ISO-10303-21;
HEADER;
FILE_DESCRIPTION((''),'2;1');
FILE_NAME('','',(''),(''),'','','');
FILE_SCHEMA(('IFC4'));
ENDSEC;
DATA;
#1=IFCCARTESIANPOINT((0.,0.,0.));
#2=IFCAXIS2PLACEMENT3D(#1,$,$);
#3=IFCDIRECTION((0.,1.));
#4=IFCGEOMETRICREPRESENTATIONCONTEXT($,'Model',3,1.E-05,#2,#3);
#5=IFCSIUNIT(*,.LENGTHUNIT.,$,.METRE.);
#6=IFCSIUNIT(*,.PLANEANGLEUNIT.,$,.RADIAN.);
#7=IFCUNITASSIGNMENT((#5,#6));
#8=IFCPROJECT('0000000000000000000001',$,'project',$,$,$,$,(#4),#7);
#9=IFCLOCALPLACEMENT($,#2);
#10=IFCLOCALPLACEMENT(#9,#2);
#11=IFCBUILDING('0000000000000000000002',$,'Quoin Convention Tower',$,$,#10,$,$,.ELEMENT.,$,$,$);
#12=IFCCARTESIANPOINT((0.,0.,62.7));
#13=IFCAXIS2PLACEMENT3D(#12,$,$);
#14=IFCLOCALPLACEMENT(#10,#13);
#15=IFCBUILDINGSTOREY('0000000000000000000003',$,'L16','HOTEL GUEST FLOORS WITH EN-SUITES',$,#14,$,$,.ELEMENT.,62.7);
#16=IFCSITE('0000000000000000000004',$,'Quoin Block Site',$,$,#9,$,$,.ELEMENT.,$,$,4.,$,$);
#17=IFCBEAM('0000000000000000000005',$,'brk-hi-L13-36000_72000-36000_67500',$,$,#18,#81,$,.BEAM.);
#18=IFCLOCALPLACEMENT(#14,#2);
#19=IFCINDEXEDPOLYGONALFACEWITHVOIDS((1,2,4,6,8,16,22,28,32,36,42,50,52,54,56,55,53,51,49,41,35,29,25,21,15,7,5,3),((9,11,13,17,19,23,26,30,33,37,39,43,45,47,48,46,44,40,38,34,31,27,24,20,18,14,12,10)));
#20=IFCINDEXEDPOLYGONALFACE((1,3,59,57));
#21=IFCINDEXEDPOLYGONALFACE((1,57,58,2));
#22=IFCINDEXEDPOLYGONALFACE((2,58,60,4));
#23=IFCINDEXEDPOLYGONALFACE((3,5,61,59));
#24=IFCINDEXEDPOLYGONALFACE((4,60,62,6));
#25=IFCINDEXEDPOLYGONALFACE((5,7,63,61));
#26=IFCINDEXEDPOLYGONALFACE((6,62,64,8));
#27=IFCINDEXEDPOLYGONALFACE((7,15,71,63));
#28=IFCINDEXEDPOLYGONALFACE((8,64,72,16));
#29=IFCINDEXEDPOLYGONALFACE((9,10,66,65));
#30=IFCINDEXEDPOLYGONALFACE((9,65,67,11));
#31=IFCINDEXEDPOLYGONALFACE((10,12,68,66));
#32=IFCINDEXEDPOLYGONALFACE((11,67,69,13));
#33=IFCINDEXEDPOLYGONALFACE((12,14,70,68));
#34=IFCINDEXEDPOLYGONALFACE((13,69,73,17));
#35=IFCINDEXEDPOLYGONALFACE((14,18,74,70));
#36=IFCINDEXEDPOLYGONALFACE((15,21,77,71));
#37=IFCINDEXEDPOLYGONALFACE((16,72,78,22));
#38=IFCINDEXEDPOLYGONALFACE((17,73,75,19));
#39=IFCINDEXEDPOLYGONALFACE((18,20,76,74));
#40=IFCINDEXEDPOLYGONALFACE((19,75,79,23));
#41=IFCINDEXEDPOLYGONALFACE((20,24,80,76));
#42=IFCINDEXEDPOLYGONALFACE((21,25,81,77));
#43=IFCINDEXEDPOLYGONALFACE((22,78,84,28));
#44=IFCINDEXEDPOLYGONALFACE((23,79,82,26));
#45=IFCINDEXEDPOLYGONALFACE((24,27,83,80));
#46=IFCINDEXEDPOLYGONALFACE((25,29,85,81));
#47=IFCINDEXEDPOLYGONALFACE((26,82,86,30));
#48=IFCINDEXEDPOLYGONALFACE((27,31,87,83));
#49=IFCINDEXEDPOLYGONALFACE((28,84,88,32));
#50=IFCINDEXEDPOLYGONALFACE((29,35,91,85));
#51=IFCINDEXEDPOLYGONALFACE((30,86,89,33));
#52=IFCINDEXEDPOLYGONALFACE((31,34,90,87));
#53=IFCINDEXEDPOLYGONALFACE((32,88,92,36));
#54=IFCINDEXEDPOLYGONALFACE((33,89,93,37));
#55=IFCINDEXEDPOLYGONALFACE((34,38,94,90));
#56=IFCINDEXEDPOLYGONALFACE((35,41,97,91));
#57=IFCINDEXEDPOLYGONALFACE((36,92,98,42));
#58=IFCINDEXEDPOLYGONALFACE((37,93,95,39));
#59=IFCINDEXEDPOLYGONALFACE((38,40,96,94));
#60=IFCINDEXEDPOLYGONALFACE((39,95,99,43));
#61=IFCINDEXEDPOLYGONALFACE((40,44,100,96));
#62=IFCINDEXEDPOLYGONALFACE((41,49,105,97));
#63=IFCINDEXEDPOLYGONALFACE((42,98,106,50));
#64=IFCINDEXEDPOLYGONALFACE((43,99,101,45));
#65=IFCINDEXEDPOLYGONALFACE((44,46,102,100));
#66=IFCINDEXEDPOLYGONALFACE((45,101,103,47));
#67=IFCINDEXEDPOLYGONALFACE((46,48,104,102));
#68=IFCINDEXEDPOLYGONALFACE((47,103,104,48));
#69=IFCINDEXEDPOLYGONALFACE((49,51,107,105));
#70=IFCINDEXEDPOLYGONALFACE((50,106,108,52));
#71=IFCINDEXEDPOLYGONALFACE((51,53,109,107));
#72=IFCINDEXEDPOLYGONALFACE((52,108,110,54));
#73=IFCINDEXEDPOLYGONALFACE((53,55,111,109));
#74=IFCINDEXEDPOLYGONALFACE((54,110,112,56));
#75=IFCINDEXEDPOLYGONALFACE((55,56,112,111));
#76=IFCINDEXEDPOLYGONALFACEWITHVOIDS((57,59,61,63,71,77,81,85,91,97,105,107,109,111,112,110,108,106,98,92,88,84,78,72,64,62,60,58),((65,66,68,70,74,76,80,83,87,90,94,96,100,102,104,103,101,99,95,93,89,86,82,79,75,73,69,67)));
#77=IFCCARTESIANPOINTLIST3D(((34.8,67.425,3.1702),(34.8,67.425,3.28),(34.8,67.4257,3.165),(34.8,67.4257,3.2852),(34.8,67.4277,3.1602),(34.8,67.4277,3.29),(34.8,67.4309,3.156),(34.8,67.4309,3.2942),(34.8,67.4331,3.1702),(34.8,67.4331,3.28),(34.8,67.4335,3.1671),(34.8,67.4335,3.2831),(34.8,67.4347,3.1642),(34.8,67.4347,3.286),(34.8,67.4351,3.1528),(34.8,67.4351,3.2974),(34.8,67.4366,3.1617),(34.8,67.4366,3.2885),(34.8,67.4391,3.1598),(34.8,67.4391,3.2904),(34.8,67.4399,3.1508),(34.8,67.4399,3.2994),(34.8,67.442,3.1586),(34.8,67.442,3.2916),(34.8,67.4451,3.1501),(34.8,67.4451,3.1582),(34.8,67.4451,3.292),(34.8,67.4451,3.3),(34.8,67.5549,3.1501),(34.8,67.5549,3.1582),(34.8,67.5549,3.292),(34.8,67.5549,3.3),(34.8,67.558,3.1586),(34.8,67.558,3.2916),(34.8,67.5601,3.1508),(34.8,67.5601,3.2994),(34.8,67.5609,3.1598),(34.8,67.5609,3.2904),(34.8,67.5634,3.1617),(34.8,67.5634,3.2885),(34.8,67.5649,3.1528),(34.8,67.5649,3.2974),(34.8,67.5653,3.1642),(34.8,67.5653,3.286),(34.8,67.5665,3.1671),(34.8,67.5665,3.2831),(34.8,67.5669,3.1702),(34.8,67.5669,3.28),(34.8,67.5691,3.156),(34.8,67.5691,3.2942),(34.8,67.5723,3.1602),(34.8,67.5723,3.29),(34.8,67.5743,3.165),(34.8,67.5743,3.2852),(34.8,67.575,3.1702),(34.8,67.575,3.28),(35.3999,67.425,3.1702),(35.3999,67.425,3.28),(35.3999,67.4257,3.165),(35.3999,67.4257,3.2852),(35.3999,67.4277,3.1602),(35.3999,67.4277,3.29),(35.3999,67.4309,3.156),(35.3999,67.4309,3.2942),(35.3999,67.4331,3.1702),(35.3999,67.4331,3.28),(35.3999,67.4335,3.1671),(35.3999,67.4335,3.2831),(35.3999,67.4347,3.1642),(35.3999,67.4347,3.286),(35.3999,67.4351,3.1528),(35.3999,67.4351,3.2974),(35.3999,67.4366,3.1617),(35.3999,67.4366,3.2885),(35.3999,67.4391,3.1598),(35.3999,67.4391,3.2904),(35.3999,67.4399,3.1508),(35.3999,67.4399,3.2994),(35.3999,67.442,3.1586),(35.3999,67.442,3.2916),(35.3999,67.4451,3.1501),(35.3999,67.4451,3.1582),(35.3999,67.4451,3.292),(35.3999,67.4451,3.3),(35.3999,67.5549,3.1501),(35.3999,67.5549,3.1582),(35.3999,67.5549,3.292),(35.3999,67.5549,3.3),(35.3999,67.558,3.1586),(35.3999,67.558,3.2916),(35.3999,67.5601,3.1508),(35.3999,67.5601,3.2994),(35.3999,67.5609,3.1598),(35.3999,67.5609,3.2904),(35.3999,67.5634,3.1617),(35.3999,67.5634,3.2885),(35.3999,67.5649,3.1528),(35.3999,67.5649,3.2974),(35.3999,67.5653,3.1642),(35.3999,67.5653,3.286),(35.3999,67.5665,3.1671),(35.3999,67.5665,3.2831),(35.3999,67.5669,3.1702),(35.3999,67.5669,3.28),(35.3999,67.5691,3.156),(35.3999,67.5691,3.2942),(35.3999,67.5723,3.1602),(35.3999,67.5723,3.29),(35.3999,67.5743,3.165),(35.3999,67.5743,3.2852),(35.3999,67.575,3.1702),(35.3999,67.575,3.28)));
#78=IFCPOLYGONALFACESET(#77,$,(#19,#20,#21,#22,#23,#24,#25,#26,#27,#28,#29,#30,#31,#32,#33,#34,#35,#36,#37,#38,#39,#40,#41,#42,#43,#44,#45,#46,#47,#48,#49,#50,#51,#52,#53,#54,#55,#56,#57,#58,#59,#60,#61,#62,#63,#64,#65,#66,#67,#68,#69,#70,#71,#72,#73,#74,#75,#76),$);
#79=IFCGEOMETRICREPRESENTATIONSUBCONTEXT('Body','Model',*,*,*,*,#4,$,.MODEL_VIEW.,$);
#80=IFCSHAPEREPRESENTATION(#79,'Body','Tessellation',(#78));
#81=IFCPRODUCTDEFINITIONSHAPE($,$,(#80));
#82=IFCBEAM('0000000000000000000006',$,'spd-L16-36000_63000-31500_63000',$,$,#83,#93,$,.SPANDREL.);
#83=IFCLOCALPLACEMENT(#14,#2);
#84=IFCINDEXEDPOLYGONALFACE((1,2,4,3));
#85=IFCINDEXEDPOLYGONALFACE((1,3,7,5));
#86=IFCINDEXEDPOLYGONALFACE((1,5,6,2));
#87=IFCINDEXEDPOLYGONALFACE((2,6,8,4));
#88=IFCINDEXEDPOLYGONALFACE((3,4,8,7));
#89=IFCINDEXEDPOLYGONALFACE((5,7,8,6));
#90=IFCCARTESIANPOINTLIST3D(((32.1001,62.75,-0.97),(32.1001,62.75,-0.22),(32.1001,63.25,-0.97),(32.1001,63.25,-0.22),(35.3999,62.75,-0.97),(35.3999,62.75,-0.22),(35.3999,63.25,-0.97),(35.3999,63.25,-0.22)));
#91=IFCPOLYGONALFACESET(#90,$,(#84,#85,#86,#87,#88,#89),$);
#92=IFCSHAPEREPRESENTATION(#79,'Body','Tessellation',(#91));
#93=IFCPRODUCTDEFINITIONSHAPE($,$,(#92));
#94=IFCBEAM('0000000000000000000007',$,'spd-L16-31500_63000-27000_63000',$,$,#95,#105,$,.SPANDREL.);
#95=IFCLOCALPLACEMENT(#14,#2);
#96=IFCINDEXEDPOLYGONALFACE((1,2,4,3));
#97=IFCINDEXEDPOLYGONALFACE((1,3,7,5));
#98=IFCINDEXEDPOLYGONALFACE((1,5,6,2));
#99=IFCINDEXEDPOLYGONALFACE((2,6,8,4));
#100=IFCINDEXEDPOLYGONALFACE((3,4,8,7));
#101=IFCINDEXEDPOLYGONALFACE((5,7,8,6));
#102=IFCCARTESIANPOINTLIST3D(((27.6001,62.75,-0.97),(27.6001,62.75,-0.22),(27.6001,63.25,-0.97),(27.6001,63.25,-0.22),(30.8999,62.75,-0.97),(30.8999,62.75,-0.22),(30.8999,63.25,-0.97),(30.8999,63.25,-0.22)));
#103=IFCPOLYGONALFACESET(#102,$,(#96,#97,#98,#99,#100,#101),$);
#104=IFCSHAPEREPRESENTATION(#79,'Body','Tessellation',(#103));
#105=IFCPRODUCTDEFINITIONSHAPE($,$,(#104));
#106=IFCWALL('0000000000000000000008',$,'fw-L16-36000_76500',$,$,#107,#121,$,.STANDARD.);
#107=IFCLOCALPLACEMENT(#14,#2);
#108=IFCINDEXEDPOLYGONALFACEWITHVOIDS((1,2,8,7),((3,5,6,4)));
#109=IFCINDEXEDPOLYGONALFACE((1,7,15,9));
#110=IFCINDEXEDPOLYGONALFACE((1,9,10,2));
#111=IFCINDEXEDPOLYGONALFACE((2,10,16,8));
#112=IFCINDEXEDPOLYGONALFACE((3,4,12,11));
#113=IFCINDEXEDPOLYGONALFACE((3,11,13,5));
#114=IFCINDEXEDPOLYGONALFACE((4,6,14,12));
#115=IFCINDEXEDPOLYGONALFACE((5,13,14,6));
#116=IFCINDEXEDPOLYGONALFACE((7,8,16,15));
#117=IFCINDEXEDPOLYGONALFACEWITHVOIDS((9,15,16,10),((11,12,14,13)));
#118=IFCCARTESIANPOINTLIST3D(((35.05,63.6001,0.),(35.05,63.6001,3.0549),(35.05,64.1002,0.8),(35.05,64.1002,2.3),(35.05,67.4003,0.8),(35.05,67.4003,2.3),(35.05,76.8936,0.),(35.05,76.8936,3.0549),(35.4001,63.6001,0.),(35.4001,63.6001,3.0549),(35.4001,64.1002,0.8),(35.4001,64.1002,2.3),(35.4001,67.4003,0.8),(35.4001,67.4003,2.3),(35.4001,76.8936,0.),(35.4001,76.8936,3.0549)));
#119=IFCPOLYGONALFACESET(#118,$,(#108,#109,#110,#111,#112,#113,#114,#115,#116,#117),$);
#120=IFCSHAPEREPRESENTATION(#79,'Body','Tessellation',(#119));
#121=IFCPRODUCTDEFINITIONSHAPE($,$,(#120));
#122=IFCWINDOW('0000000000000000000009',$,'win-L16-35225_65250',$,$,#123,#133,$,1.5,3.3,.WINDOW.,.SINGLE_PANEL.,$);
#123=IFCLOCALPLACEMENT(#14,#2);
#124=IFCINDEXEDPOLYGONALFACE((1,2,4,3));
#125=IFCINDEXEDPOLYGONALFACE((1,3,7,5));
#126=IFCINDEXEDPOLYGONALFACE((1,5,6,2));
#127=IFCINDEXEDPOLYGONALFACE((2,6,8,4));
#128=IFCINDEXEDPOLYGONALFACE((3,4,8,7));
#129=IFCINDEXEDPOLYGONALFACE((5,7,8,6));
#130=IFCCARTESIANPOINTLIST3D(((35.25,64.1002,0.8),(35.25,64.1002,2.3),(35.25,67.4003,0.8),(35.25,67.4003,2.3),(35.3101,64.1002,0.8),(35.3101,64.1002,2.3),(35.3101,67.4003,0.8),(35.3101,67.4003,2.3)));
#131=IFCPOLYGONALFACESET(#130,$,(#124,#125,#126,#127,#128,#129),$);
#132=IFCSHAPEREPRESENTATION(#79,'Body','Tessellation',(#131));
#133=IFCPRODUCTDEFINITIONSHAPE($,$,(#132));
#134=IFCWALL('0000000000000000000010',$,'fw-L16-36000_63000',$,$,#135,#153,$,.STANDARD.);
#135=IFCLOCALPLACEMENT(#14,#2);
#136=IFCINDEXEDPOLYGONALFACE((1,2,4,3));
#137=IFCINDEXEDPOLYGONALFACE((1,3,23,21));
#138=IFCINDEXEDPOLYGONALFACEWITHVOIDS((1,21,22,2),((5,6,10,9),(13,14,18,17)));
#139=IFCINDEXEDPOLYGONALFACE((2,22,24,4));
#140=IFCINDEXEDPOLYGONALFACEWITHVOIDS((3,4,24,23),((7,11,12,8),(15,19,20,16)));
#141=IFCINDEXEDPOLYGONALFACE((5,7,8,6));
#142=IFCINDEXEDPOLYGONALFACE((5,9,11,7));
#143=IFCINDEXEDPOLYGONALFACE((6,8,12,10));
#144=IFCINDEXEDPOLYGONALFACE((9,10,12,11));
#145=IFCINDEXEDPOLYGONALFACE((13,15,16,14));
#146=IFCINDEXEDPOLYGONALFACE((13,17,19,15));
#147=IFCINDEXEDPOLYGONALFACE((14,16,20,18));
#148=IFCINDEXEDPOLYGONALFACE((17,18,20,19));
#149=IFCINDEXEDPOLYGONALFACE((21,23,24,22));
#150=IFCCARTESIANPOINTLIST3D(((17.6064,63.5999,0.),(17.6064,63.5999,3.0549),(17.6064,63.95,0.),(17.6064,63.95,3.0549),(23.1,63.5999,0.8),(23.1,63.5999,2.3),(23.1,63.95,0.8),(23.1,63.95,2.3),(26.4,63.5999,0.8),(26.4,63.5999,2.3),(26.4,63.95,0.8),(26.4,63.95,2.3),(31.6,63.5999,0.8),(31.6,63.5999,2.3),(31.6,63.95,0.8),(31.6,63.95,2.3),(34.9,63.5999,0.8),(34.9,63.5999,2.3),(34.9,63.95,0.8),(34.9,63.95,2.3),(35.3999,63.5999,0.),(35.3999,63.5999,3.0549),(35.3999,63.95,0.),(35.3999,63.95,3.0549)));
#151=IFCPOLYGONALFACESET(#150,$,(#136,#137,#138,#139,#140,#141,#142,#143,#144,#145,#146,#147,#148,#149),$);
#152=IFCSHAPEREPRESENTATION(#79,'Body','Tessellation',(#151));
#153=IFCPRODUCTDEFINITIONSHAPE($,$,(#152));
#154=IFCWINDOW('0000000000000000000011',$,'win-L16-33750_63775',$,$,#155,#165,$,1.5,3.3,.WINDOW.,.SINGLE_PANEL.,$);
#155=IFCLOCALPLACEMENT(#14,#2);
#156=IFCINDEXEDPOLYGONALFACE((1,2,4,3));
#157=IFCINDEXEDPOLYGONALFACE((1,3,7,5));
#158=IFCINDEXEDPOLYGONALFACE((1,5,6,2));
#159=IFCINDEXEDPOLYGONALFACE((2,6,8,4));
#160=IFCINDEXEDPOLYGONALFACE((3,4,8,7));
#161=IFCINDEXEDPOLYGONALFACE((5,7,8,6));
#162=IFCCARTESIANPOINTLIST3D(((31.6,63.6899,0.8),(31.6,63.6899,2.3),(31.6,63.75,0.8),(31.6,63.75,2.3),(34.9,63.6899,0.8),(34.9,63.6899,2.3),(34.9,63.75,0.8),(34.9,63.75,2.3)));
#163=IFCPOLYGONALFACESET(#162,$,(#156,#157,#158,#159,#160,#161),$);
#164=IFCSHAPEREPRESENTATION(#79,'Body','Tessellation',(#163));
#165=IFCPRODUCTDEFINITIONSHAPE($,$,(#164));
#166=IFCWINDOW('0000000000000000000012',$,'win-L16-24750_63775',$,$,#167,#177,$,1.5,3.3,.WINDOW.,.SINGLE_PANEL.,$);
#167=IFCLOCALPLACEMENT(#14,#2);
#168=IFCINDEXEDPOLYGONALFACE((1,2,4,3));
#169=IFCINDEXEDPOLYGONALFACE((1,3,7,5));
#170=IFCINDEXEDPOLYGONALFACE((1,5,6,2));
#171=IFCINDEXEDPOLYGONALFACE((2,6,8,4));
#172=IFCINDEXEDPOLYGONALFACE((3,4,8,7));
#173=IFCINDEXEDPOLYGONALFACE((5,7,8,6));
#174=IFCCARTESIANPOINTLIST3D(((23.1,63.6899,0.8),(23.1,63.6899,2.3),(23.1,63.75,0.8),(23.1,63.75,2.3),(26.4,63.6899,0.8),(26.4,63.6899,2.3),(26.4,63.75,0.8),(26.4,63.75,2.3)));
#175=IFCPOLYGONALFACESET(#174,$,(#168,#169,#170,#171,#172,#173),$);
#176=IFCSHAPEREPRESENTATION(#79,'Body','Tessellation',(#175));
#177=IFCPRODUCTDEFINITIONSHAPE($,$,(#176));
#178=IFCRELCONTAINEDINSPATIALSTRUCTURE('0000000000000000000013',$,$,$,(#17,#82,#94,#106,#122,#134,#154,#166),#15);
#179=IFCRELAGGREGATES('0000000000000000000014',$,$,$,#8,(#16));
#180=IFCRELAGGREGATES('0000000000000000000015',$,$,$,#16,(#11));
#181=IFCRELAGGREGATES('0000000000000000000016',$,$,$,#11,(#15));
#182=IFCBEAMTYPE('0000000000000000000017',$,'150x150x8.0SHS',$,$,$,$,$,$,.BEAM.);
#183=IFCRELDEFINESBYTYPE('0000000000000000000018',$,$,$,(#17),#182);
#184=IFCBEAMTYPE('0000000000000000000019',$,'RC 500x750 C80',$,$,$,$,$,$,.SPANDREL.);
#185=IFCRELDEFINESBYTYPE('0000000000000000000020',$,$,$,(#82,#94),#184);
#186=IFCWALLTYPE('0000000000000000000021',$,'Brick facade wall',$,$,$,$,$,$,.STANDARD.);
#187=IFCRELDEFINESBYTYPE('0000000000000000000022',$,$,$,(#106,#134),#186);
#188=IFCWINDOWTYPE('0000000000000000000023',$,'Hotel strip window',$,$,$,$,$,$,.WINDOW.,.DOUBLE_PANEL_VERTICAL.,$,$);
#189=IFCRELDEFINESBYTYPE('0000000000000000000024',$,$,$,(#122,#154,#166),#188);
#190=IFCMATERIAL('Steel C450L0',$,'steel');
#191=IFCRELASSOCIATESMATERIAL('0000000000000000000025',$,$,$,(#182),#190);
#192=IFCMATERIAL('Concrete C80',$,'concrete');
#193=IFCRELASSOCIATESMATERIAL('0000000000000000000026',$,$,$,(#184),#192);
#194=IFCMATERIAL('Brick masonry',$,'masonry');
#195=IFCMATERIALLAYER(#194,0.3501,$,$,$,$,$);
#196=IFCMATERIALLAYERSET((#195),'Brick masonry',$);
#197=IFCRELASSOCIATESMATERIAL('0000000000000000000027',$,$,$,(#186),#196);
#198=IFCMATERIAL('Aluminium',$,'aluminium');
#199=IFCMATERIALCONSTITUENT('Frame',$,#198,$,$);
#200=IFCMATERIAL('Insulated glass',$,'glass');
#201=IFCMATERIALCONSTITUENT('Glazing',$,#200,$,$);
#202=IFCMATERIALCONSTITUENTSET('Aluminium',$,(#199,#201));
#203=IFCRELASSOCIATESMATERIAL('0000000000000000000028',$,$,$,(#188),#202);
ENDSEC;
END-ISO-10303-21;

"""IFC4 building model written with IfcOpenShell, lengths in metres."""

from ifc_helpers import new_model, si_unit, direction, frame, frame_2d, origin, origin_2d, place, context, subcontext, project, spatial, rectangle, hollow_rectangle, extrude, material, layer, layer_set, constituent, constituent_set, material_profile, profile_set, type_object, element, fill, save


model = new_model("IFC4")

# Units and contexts
model_context = context("Model", 3, precision=1e-05, world=origin(), true_north=direction((0.0, 1.0)))
body_context = subcontext(model_context, "Body", "Model", "MODEL_VIEW")
ifc_project = project(units=[si_unit("LENGTHUNIT", "METRE"), si_unit("PLANEANGLEUNIT", "RADIAN")], contexts=[model_context])

# Site, building, storey
site_placement = place(None, origin())
site = spatial("IfcSite", under=ifc_project, at=site_placement, Name="Quoin Block Site", CompositionType="ELEMENT", RefElevation=4.0)
building_placement = place(site_placement, origin())
building = spatial("IfcBuilding", under=site, at=building_placement, Name="Quoin Convention Tower", CompositionType="ELEMENT")
storey_placement = place(building_placement, frame((0.0, 0.0, 62.7)))
storey = spatial("IfcBuildingStorey", under=building, at=storey_placement, Name="L16", Description="HOTEL GUEST FLOORS WITH EN-SUITES", CompositionType="ELEMENT", Elevation=62.7)

# Shared definitions
ifc_material_1 = material(Name="Concrete C80", Category="concrete")

# Beams
ifc_material_2 = material(Name="Steel C450L0", Category="steel")
ifc_material_profile_1 = material_profile(ifc_material_2, hollow_rectangle(XDim=0.1499, YDim=0.1499, WallThickness=0.0081, InnerFilletRadius=0.012, OuterFilletRadius=0.02, at=origin_2d()), Name="150x150x8.0SHS")
ifc_profile_set_1 = profile_set([ifc_material_profile_1], Name="Steel C450L0")
beam_type_1 = type_object("IfcBeamType", Name="150x150x8.0SHS", PredefinedType="BEAM", material=ifc_profile_set_1)
for number, where, z_axis, x_axis, name in (
    (1, (35.3999, 67.5, 3.2251), (-1.0, 0.0, 0.0), (0.0, -1.0, 0.0), "brk-hi-L13-36000_72000-36000_67500"),
):
    element("IfcBeam", number, at=place(storey_placement, frame(where, z_axis=z_axis, x_axis=x_axis)), inside=storey, type_object=beam_type_1, Name=name, PredefinedType="BEAM", context=body_context, shape_type="SweptSolid", body=[
        extrude(hollow_rectangle(XDim=0.1499, YDim=0.1499, WallThickness=0.0081, InnerFilletRadius=0.012, OuterFilletRadius=0.02, at=origin_2d()), origin(), (0.0, 0.0, 1.0), 0.5999),
    ])
ifc_material_profile_2 = material_profile(ifc_material_1, rectangle(XDim=0.5, YDim=0.75, at=origin_2d()), Name="RC 500x750")
ifc_profile_set_2 = profile_set([ifc_material_profile_2], Name="Concrete C80")
beam_type_2 = type_object("IfcBeamType", Name="RC 500x750 C80", PredefinedType="SPANDREL", material=ifc_profile_set_2)
for number, where, z_axis, x_axis, name in (
    (2, (35.3999, 63.0, -0.595), (-1.0, 0.0, 0.0), (0.0, -1.0, 0.0), "spd-L16-36000_63000-31500_63000"),
    (3, (30.8999, 63.0, -0.595), (-1.0, 0.0, 0.0), (0.0, -1.0, 0.0), "spd-L16-31500_63000-27000_63000"),
):
    element("IfcBeam", number, at=place(storey_placement, frame(where, z_axis=z_axis, x_axis=x_axis)), inside=storey, type_object=beam_type_2, Name=name, PredefinedType="SPANDREL", context=body_context, shape_type="SweptSolid", body=[
        extrude(rectangle(XDim=0.5, YDim=0.75, at=origin_2d()), origin(), (0.0, 0.0, 1.0), 3.2998),
    ])

# Wall, opening, window
ifc_material_3 = material(Name="Brick masonry", Category="masonry")
ifc_layer_1 = layer(ifc_material_3, 0.3501)
ifc_layer_set_1 = layer_set([ifc_layer_1], Name="Brick masonry")
wall_type_1 = type_object("IfcWallType", Name="Brick facade wall", PredefinedType="STANDARD", material=ifc_layer_set_1)
wall_1_placement = place(storey_placement, frame((35.2251, 76.8936, 0.0), z_axis=(0.0, 0.0, 1.0), x_axis=(0.0, -1.0, 0.0)))
wall_1 = element("IfcWall", 4, at=wall_1_placement, inside=storey, type_object=wall_type_1, Name="fw-L16-36000_76500", PredefinedType="STANDARD", context=body_context, shape_type="SweptSolid", body=[
    extrude(rectangle(XDim=13.2935, YDim=0.3501, at=frame_2d((6.6467, 0.0))), origin(), (0.0, 0.0, 1.0), 3.0549),
])
opening_1_placement = place(wall_1_placement, frame((9.4934, 0.0, 0.8)))
opening_1 = element("IfcOpeningElement", 5, at=opening_1_placement, cuts=wall_1, PredefinedType="OPENING", context=body_context, shape_type="SweptSolid", body=[
    extrude(rectangle(XDim=3.3, YDim=1.5, at=frame_2d((1.6499, 0.75))), frame((0.0, 0.1851, 0.0), z_axis=(0.0, -1.0, 0.0), x_axis=(1.0, 0.0, 0.0)), (0.0, 0.0, 1.0), 0.3701),
])
ifc_material_4 = material(Name="Aluminium", Category="aluminium")
ifc_constituent_1 = constituent(ifc_material_4, Name="Frame")
ifc_material_5 = material(Name="Insulated glass", Category="glass")
ifc_constituent_2 = constituent(ifc_material_5, Name="Glazing")
ifc_constituent_set = constituent_set(constituents=[ifc_constituent_1, ifc_constituent_2], Name="Aluminium")
window_type = type_object("IfcWindowType", Name="Hotel strip window", PartitioningType="DOUBLE_PANEL_VERTICAL", PredefinedType="WINDOW", material=ifc_constituent_set)
window_1_placement = place(opening_1_placement, origin())
window_1 = element("IfcWindow", 6, at=window_1_placement, inside=storey, type_object=window_type, Name="win-L16-35225_65250", OverallHeight=1.5, OverallWidth=3.3, PartitioningType="SINGLE_PANEL", PredefinedType="WINDOW", context=body_context, shape_type="SweptSolid", body=[
    extrude(rectangle(XDim=3.3, YDim=1.5, at=frame_2d((1.6499, 0.75))), frame((0.0, 0.085, 0.0), z_axis=(0.0, -1.0, 0.0), x_axis=(1.0, 0.0, 0.0)), (0.0, 0.0, 1.0), 0.0601),
])
fill(opening_1, window_1)

# Wall, openings, windows
wall_2_placement = place(storey_placement, frame((35.3999, 63.7749, 0.0), z_axis=(0.0, 0.0, 1.0), x_axis=(-1.0, 0.0, 0.0)))
wall_2 = element("IfcWall", 7, at=wall_2_placement, inside=storey, type_object=wall_type_1, Name="fw-L16-36000_63000", PredefinedType="STANDARD", context=body_context, shape_type="SweptSolid", body=[
    extrude(rectangle(XDim=17.7935, YDim=0.3501, at=frame_2d((8.8967, 0.0))), origin(), (0.0, 0.0, 1.0), 3.0549),
])
opening_2_placement = place(wall_2_placement, frame((0.5, 0.0, 0.8)))
opening_2 = element("IfcOpeningElement", 8, at=opening_2_placement, cuts=wall_2, PredefinedType="OPENING", context=body_context, shape_type="SweptSolid", body=[
    extrude(rectangle(XDim=3.3, YDim=1.5, at=frame_2d((1.6499, 0.75))), frame((0.0, 0.1851, 0.0), z_axis=(0.0, -1.0, 0.0), x_axis=(1.0, 0.0, 0.0)), (0.0, 0.0, 1.0), 0.3701),
])
opening_3_placement = place(wall_2_placement, frame((9.0, 0.0, 0.8)))
opening_3 = element("IfcOpeningElement", 9, at=opening_3_placement, cuts=wall_2, PredefinedType="OPENING", context=body_context, shape_type="SweptSolid", body=[
    extrude(rectangle(XDim=3.3, YDim=1.5, at=frame_2d((1.6499, 0.75))), frame((0.0, 0.1851, 0.0), z_axis=(0.0, -1.0, 0.0), x_axis=(1.0, 0.0, 0.0)), (0.0, 0.0, 1.0), 0.3701),
])
window_2_placement = place(opening_2_placement, origin())
window_2 = element("IfcWindow", 10, at=window_2_placement, inside=storey, type_object=window_type, Name="win-L16-33750_63775", OverallHeight=1.5, OverallWidth=3.3, PartitioningType="SINGLE_PANEL", PredefinedType="WINDOW", context=body_context, shape_type="SweptSolid", body=[
    extrude(rectangle(XDim=3.3, YDim=1.5, at=frame_2d((1.6499, 0.75))), frame((0.0, 0.085, 0.0), z_axis=(0.0, -1.0, 0.0), x_axis=(1.0, 0.0, 0.0)), (0.0, 0.0, 1.0), 0.0601),
])
fill(opening_2, window_2)
window_3_placement = place(opening_3_placement, origin())
window_3 = element("IfcWindow", 11, at=window_3_placement, inside=storey, type_object=window_type, Name="win-L16-24750_63775", OverallHeight=1.5, OverallWidth=3.3, PartitioningType="SINGLE_PANEL", PredefinedType="WINDOW", context=body_context, shape_type="SweptSolid", body=[
    extrude(rectangle(XDim=3.3, YDim=1.5, at=frame_2d((1.6499, 0.75))), frame((0.0, 0.085, 0.0), z_axis=(0.0, -1.0, 0.0), x_axis=(1.0, 0.0, 0.0)), (0.0, 0.0, 1.0), 0.0601),
])
fill(opening_3, window_3)

save(model, "model.ifc")
